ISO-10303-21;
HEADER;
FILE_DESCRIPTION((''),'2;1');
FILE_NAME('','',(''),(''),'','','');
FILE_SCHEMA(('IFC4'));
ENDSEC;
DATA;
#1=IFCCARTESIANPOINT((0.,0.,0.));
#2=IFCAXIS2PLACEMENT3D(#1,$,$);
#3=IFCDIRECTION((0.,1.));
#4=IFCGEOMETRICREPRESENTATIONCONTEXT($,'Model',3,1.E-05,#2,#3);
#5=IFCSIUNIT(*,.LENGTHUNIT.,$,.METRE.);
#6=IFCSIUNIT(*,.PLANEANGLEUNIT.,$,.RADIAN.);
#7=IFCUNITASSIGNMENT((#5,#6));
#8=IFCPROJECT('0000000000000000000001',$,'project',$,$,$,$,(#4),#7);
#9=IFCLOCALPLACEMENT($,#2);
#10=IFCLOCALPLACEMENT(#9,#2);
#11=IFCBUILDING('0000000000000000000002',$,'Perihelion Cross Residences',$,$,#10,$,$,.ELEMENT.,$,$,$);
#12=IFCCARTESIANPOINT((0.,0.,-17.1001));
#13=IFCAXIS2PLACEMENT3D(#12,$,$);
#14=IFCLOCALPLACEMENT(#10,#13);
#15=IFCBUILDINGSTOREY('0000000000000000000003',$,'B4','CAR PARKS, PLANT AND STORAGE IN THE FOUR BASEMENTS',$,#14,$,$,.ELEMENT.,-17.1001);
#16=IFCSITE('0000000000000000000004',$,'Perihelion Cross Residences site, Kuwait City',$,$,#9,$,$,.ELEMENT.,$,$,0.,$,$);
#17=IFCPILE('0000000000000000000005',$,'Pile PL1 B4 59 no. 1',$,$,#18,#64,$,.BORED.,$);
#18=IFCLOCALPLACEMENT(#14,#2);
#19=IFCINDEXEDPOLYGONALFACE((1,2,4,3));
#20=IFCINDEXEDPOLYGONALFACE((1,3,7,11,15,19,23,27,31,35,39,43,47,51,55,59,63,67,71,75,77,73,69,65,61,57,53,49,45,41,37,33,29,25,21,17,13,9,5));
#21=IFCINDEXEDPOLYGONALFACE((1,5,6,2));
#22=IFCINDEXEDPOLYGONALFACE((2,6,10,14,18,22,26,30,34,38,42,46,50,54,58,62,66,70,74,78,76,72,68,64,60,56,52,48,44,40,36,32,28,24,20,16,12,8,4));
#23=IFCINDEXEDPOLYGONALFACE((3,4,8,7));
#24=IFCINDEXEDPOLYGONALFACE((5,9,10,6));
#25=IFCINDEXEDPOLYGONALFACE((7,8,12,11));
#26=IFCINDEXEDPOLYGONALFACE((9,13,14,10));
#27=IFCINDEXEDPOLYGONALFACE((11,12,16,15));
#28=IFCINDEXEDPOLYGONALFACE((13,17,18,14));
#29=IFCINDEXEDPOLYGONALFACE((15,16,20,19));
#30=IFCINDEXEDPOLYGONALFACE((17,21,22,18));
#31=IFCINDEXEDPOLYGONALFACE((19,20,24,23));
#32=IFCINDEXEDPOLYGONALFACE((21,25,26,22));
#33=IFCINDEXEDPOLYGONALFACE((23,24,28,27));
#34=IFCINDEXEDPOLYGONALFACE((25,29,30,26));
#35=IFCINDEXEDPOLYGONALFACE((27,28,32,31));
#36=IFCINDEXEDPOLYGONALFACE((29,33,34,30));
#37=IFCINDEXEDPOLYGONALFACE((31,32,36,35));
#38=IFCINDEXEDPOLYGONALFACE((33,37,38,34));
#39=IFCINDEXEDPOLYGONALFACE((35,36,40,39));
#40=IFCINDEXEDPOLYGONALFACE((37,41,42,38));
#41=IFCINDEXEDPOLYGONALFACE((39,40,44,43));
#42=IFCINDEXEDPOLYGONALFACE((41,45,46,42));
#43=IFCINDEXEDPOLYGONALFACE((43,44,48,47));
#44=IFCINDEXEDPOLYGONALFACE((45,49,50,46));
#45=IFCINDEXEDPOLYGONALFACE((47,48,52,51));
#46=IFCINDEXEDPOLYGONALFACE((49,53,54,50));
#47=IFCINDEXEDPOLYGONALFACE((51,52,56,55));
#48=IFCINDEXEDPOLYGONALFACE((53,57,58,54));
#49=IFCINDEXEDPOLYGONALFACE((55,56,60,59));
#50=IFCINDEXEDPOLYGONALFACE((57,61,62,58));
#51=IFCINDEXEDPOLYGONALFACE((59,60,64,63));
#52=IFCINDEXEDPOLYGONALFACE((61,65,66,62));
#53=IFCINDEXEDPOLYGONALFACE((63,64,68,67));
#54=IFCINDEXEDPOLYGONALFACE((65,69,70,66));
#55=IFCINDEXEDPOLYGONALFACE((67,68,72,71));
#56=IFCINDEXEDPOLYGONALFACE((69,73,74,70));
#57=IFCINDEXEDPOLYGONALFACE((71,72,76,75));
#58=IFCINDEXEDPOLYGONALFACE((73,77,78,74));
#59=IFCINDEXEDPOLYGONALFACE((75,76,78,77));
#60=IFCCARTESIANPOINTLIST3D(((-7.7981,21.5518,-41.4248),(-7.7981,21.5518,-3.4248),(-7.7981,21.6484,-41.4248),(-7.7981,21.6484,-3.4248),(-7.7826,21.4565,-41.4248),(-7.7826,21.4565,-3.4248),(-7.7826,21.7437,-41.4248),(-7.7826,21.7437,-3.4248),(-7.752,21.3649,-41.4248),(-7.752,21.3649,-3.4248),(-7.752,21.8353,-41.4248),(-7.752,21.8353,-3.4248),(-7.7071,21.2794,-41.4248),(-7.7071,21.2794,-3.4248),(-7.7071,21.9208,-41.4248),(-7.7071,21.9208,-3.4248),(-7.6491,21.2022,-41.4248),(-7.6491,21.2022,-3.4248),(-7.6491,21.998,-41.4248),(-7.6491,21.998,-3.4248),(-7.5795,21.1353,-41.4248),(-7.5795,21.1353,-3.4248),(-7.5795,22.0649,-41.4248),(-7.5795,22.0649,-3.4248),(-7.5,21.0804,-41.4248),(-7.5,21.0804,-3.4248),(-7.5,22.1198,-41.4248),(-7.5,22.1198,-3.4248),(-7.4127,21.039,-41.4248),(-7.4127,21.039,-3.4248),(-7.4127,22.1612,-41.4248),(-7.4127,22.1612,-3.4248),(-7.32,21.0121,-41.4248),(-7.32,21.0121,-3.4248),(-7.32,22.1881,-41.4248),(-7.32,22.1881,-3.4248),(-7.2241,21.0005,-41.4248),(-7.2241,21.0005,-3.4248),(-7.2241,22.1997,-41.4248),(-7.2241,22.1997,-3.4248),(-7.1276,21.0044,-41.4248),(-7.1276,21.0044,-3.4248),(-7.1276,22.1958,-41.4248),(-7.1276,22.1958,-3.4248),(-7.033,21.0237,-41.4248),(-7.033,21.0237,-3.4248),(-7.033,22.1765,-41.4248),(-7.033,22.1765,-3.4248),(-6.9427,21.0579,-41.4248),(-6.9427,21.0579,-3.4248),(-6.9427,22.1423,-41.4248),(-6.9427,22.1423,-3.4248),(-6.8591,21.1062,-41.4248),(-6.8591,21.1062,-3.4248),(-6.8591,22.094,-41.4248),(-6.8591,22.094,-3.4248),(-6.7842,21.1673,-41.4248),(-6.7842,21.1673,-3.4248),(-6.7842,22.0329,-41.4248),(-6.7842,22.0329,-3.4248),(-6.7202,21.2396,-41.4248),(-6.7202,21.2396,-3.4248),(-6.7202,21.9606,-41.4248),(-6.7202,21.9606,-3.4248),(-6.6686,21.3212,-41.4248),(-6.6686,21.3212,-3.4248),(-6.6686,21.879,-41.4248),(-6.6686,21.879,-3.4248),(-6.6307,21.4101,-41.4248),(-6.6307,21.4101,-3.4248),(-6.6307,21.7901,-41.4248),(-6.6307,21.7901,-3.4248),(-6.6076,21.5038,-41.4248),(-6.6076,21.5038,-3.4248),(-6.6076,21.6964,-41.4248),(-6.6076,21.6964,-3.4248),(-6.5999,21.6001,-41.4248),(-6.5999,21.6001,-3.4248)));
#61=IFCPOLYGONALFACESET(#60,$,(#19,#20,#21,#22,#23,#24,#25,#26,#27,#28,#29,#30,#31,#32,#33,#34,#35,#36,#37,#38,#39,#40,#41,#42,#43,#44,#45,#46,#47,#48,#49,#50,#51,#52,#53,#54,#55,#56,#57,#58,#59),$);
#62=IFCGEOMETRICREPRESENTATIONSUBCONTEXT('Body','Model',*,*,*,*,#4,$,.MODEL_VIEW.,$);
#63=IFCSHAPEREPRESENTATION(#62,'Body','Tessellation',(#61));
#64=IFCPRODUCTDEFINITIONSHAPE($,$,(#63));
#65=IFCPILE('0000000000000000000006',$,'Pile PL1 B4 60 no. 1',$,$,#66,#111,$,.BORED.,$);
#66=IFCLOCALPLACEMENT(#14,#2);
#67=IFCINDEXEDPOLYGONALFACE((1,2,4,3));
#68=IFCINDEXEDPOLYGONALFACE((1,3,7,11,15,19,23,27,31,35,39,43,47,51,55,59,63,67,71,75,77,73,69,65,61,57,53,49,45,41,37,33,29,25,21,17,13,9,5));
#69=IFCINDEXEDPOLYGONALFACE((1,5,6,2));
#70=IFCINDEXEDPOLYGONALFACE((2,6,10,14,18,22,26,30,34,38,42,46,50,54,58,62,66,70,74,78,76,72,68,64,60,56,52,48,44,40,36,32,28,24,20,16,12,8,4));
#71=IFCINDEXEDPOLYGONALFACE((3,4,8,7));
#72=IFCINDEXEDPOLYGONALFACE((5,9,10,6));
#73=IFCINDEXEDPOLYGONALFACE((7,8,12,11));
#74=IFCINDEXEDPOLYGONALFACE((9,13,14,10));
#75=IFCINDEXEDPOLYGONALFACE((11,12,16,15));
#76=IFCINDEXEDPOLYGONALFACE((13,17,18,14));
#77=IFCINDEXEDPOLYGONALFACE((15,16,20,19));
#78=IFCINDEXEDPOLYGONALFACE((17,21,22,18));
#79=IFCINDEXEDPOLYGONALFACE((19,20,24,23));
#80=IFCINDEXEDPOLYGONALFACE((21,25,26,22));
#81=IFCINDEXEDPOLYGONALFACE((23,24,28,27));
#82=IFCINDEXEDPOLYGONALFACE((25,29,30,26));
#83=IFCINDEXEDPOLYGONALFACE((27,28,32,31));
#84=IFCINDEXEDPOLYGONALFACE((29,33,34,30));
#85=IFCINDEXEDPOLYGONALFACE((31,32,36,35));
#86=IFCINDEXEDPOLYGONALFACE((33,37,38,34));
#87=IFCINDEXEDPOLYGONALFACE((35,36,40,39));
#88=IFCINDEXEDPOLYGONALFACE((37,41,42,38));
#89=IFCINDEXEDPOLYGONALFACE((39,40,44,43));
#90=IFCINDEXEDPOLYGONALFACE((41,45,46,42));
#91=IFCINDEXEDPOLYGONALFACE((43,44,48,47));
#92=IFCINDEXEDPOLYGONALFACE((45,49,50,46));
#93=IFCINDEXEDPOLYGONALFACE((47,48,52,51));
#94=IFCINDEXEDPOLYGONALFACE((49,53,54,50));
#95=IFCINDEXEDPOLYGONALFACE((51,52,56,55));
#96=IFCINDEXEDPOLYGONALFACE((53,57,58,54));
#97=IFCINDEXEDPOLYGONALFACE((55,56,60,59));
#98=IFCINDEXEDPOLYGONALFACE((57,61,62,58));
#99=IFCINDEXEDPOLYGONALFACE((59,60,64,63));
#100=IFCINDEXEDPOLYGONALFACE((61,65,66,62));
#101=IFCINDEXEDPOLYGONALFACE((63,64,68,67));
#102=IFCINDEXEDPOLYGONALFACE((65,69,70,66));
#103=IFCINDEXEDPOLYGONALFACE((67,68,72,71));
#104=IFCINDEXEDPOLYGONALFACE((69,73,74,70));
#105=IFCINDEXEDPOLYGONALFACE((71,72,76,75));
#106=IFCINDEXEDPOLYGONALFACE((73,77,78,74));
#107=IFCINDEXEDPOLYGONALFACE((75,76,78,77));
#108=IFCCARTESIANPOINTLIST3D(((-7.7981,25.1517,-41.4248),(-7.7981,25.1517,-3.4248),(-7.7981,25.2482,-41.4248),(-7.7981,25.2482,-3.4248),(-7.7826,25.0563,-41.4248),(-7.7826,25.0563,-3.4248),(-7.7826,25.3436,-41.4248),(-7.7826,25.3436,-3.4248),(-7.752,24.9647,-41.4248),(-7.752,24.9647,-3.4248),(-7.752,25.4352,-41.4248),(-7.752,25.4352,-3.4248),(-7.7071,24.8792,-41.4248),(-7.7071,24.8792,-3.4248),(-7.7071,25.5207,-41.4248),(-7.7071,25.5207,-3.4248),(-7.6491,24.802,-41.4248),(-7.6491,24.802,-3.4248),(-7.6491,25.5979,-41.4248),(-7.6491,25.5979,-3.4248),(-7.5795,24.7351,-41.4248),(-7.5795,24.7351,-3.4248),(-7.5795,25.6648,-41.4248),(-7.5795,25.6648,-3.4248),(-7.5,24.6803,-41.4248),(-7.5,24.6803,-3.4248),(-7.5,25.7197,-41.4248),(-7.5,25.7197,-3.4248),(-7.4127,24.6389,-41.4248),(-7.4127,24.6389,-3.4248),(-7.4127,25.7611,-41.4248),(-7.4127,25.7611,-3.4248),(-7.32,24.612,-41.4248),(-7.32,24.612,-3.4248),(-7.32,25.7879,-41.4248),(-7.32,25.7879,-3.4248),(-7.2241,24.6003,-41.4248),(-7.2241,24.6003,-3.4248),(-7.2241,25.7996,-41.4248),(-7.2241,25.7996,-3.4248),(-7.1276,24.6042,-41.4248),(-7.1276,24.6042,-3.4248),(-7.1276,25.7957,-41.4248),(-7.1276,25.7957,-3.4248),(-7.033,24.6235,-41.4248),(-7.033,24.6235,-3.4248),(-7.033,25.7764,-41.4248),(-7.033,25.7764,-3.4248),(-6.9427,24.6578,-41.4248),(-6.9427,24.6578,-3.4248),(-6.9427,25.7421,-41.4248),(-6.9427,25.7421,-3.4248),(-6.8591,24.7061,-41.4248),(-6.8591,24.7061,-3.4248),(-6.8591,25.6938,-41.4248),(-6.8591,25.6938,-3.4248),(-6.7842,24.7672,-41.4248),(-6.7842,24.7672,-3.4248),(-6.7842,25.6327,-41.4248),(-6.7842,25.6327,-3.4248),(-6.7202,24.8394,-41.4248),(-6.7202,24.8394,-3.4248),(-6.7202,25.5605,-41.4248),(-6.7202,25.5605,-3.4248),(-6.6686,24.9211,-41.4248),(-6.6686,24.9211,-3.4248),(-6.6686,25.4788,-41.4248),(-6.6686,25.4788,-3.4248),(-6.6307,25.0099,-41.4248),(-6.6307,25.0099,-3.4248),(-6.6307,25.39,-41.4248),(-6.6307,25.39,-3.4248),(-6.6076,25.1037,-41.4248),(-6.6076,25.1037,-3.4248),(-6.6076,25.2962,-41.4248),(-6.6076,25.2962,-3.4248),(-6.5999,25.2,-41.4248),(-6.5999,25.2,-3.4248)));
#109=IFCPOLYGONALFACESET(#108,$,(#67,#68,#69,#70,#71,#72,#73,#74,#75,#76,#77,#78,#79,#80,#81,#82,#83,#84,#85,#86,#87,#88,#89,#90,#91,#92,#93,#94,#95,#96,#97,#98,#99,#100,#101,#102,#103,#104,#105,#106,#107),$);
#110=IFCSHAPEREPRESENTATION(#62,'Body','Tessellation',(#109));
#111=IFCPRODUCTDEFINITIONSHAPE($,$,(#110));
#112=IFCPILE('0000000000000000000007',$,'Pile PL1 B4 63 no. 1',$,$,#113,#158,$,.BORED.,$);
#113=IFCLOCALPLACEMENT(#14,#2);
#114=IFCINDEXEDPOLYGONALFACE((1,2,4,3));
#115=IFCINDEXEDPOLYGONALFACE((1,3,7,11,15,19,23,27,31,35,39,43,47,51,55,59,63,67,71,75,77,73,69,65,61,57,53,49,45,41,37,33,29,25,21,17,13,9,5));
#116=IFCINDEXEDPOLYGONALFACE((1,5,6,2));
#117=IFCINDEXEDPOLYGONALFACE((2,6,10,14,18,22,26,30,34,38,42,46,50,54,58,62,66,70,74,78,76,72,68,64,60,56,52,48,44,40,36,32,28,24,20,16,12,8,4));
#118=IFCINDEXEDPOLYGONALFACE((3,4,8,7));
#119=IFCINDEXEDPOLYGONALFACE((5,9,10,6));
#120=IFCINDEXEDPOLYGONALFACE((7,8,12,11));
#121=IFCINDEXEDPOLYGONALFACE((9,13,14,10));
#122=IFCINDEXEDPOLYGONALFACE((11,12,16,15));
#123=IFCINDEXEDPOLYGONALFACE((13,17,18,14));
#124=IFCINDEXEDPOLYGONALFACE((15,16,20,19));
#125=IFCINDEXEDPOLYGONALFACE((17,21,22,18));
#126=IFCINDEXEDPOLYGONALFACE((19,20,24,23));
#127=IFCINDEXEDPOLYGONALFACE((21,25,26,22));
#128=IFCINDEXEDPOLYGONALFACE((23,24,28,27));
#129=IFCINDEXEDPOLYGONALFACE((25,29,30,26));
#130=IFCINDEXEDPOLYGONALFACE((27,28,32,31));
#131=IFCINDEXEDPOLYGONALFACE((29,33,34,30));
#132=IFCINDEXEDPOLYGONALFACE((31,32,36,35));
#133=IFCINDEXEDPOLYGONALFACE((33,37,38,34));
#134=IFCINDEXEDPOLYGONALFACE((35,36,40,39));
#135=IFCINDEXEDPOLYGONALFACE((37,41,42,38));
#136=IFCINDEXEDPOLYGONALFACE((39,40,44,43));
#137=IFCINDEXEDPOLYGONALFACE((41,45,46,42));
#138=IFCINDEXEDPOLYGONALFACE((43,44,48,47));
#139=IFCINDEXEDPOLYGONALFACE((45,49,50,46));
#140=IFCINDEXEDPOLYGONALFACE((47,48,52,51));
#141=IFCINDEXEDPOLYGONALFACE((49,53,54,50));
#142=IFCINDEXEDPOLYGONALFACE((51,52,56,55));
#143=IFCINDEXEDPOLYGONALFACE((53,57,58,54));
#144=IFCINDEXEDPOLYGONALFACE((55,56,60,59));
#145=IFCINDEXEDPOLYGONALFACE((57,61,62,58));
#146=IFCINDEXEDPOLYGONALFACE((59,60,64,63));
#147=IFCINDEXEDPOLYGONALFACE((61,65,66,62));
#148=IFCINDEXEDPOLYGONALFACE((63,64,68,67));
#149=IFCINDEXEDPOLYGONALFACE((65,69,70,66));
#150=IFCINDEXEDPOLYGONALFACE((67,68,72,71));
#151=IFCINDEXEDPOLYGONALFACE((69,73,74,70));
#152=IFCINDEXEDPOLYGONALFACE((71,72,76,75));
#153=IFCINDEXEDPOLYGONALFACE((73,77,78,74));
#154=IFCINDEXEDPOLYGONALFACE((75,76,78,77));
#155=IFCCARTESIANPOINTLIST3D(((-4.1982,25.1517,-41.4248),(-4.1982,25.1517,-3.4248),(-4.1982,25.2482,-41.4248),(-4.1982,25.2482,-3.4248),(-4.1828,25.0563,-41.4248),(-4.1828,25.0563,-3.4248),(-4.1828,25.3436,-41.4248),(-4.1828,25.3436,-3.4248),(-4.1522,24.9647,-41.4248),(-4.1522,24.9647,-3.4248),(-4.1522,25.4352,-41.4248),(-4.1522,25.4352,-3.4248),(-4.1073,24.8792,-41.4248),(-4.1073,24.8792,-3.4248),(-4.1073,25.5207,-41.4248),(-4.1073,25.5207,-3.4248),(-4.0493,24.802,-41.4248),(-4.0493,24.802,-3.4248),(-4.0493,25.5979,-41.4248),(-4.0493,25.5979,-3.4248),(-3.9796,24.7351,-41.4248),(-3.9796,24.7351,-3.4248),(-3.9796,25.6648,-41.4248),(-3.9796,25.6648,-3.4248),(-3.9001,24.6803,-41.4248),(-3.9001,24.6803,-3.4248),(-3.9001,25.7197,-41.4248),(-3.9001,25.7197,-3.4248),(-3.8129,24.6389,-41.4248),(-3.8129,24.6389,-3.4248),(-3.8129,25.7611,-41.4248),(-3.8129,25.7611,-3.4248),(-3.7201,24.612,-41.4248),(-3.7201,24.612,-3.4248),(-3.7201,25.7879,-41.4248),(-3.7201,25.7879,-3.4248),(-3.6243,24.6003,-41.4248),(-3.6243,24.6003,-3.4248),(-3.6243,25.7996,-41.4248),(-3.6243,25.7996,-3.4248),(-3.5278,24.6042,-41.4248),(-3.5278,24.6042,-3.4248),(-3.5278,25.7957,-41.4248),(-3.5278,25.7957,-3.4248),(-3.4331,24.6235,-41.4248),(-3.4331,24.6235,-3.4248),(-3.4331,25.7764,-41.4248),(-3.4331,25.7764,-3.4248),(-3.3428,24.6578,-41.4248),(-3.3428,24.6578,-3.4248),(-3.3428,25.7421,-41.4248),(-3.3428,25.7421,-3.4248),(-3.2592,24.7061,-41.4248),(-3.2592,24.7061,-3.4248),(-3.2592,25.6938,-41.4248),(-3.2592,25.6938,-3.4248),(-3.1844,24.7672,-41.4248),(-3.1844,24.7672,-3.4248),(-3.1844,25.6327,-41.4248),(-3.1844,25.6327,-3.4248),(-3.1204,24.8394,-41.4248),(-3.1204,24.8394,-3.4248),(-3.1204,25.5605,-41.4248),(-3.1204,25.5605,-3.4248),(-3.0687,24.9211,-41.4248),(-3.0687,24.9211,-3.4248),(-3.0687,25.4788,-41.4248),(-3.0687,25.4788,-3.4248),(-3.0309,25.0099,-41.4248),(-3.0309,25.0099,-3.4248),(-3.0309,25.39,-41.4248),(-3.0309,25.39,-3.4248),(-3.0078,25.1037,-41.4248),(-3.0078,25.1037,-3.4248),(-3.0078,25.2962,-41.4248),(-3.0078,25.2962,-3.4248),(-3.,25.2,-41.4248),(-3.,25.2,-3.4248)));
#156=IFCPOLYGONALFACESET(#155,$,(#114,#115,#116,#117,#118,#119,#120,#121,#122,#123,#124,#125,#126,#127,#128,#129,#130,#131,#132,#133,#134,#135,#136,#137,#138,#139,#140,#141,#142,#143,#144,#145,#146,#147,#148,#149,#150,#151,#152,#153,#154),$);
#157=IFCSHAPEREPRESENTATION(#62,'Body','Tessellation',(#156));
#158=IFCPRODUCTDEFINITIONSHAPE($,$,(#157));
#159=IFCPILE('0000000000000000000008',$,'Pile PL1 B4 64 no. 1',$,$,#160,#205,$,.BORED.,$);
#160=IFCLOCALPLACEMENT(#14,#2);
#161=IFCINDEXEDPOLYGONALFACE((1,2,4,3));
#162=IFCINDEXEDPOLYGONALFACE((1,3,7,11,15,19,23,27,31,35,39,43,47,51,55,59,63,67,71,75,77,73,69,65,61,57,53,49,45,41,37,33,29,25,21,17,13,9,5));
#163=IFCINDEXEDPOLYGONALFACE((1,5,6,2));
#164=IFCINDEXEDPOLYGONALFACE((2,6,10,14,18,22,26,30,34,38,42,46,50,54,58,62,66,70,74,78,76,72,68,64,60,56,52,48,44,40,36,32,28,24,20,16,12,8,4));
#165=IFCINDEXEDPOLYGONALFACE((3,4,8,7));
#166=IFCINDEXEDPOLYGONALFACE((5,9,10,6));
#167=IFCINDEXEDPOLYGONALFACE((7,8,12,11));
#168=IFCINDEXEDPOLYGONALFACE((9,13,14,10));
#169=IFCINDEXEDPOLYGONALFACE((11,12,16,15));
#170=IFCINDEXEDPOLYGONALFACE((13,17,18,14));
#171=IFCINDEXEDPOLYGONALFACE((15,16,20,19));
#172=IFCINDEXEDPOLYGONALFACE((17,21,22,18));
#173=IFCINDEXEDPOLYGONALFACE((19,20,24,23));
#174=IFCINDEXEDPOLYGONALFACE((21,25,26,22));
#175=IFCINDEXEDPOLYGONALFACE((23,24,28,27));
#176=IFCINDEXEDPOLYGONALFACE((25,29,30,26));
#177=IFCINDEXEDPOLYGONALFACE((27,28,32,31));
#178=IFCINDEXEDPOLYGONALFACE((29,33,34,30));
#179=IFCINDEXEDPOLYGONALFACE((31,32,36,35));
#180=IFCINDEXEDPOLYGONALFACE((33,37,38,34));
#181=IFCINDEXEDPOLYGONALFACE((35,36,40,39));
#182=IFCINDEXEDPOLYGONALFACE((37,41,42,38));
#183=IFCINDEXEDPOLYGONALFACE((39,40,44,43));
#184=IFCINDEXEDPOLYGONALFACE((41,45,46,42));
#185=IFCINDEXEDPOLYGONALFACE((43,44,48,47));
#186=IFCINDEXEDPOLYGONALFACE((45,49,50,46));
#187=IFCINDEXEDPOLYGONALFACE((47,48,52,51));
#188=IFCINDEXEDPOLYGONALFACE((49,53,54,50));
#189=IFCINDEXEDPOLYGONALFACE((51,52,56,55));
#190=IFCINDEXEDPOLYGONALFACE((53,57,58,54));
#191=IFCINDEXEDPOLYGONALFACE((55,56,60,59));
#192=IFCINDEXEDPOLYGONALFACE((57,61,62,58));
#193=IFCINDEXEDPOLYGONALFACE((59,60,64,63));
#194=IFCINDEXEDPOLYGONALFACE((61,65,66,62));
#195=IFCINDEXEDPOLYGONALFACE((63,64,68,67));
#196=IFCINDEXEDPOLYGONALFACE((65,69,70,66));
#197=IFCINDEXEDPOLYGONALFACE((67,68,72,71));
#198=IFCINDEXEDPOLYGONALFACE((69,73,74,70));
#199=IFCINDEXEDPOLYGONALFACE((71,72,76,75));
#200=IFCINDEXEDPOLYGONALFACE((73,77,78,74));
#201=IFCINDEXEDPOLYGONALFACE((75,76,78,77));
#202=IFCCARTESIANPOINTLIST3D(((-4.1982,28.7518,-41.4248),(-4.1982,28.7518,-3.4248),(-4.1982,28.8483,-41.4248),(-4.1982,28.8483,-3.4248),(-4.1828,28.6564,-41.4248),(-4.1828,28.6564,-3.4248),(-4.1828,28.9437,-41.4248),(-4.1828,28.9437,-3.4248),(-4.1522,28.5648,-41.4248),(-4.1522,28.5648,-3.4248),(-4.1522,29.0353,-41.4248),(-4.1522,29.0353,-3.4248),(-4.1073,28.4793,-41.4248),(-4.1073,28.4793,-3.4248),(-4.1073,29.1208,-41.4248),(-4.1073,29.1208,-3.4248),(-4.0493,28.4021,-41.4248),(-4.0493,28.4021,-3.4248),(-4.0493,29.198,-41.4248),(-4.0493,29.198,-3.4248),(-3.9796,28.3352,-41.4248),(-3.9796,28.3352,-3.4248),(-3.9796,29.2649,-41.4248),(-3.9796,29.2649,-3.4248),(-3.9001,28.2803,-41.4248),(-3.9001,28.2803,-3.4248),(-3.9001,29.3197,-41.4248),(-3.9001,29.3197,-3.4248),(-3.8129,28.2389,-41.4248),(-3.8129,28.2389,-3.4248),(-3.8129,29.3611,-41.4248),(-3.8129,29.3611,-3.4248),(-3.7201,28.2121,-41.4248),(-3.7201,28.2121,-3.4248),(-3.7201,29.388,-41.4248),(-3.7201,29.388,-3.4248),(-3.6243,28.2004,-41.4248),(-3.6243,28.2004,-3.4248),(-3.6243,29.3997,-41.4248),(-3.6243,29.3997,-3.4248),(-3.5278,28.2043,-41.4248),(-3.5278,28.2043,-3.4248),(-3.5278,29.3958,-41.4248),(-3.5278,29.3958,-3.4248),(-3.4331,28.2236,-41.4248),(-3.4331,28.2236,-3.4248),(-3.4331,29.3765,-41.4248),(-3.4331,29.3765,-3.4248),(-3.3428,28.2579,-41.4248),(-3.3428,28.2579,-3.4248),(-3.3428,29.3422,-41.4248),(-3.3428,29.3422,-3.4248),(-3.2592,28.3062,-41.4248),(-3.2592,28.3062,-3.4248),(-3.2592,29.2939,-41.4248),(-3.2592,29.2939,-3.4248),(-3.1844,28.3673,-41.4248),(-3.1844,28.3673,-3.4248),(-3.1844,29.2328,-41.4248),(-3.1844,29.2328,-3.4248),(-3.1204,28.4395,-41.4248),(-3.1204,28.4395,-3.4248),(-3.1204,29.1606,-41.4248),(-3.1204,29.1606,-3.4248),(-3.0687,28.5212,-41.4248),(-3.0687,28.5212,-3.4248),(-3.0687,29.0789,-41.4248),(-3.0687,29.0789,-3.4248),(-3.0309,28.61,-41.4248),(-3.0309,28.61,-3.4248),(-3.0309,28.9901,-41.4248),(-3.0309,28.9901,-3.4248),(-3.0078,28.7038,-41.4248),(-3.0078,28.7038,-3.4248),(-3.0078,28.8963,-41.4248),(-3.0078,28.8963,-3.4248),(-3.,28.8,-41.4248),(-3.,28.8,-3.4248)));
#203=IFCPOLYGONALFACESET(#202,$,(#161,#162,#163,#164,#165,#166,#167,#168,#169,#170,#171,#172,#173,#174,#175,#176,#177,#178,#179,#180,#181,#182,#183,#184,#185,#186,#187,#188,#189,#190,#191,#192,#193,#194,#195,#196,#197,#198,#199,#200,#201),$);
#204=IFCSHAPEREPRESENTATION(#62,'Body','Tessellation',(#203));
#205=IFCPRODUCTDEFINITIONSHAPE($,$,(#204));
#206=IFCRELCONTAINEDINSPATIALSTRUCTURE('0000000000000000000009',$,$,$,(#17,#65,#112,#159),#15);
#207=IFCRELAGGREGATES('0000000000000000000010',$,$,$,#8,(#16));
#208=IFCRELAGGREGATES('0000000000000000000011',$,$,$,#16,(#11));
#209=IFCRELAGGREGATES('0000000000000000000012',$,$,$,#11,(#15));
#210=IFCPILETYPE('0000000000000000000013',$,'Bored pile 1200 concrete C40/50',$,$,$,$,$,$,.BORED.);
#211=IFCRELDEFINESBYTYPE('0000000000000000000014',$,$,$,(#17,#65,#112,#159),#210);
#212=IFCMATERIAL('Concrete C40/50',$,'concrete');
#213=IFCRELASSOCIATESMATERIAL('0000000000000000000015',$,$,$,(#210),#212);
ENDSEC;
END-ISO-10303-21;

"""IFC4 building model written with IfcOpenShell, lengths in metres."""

from ifc_helpers import new_model, si_unit, direction, frame, origin, origin_2d, place, context, subcontext, project, spatial, circle, extrude, material, type_object, element, save


model = new_model("IFC4")

# Units and contexts
model_context = context("Model", 3, precision=1e-05, world=origin(), true_north=direction((0.0, 1.0)))
body_context = subcontext(model_context, "Body", "Model", "MODEL_VIEW")
ifc_project = project(units=[si_unit("LENGTHUNIT", "METRE"), si_unit("PLANEANGLEUNIT", "RADIAN")], contexts=[model_context])

# Site, building, storey
site_placement = place(None, origin())
site = spatial("IfcSite", under=ifc_project, at=site_placement, Name="Perihelion Cross Residences site, Kuwait City", CompositionType="ELEMENT", RefElevation=0.0)
building_placement = place(site_placement, origin())
building = spatial("IfcBuilding", under=site, at=building_placement, Name="Perihelion Cross Residences", CompositionType="ELEMENT")
storey_placement = place(building_placement, frame((0.0, 0.0, -17.1001)))
storey = spatial("IfcBuildingStorey", under=building, at=storey_placement, Name="B4", Description="CAR PARKS, PLANT AND STORAGE IN THE FOUR BASEMENTS", CompositionType="ELEMENT", Elevation=-17.1001)

# Piles
ifc_material_1 = material(Name="Concrete C40/50", Category="concrete")
pile_type = type_object("IfcPileType", Name="Bored pile 1200 concrete C40/50", PredefinedType="BORED", material=ifc_material_1)
for number, where, z_axis, x_axis, name in (
    (1, (-7.2, 21.6001, -3.4248), (0.0, 0.0, -1.0), (1.0, 0.0, 0.0), "Pile PL1 B4 59 no. 1"),
    (2, (-7.2, 25.2, -3.4248), (0.0, 0.0, -1.0), (1.0, 0.0, 0.0), "Pile PL1 B4 60 no. 1"),
    (3, (-3.6001, 25.2, -3.4248), (0.0, 0.0, -1.0), (1.0, 0.0, 0.0), "Pile PL1 B4 63 no. 1"),
    (4, (-3.6001, 28.8, -3.4248), (0.0, 0.0, -1.0), (1.0, 0.0, 0.0), "Pile PL1 B4 64 no. 1"),
):
    element("IfcPile", number, at=place(storey_placement, frame(where, z_axis=z_axis, x_axis=x_axis)), inside=storey, type_object=pile_type, Name=name, PredefinedType="BORED", context=body_context, shape_type="SweptSolid", body=[
        extrude(circle(Radius=0.6001, at=origin_2d()), origin(), (0.0, 0.0, 1.0), 38.0),
    ])

save(model, "model.ifc")
